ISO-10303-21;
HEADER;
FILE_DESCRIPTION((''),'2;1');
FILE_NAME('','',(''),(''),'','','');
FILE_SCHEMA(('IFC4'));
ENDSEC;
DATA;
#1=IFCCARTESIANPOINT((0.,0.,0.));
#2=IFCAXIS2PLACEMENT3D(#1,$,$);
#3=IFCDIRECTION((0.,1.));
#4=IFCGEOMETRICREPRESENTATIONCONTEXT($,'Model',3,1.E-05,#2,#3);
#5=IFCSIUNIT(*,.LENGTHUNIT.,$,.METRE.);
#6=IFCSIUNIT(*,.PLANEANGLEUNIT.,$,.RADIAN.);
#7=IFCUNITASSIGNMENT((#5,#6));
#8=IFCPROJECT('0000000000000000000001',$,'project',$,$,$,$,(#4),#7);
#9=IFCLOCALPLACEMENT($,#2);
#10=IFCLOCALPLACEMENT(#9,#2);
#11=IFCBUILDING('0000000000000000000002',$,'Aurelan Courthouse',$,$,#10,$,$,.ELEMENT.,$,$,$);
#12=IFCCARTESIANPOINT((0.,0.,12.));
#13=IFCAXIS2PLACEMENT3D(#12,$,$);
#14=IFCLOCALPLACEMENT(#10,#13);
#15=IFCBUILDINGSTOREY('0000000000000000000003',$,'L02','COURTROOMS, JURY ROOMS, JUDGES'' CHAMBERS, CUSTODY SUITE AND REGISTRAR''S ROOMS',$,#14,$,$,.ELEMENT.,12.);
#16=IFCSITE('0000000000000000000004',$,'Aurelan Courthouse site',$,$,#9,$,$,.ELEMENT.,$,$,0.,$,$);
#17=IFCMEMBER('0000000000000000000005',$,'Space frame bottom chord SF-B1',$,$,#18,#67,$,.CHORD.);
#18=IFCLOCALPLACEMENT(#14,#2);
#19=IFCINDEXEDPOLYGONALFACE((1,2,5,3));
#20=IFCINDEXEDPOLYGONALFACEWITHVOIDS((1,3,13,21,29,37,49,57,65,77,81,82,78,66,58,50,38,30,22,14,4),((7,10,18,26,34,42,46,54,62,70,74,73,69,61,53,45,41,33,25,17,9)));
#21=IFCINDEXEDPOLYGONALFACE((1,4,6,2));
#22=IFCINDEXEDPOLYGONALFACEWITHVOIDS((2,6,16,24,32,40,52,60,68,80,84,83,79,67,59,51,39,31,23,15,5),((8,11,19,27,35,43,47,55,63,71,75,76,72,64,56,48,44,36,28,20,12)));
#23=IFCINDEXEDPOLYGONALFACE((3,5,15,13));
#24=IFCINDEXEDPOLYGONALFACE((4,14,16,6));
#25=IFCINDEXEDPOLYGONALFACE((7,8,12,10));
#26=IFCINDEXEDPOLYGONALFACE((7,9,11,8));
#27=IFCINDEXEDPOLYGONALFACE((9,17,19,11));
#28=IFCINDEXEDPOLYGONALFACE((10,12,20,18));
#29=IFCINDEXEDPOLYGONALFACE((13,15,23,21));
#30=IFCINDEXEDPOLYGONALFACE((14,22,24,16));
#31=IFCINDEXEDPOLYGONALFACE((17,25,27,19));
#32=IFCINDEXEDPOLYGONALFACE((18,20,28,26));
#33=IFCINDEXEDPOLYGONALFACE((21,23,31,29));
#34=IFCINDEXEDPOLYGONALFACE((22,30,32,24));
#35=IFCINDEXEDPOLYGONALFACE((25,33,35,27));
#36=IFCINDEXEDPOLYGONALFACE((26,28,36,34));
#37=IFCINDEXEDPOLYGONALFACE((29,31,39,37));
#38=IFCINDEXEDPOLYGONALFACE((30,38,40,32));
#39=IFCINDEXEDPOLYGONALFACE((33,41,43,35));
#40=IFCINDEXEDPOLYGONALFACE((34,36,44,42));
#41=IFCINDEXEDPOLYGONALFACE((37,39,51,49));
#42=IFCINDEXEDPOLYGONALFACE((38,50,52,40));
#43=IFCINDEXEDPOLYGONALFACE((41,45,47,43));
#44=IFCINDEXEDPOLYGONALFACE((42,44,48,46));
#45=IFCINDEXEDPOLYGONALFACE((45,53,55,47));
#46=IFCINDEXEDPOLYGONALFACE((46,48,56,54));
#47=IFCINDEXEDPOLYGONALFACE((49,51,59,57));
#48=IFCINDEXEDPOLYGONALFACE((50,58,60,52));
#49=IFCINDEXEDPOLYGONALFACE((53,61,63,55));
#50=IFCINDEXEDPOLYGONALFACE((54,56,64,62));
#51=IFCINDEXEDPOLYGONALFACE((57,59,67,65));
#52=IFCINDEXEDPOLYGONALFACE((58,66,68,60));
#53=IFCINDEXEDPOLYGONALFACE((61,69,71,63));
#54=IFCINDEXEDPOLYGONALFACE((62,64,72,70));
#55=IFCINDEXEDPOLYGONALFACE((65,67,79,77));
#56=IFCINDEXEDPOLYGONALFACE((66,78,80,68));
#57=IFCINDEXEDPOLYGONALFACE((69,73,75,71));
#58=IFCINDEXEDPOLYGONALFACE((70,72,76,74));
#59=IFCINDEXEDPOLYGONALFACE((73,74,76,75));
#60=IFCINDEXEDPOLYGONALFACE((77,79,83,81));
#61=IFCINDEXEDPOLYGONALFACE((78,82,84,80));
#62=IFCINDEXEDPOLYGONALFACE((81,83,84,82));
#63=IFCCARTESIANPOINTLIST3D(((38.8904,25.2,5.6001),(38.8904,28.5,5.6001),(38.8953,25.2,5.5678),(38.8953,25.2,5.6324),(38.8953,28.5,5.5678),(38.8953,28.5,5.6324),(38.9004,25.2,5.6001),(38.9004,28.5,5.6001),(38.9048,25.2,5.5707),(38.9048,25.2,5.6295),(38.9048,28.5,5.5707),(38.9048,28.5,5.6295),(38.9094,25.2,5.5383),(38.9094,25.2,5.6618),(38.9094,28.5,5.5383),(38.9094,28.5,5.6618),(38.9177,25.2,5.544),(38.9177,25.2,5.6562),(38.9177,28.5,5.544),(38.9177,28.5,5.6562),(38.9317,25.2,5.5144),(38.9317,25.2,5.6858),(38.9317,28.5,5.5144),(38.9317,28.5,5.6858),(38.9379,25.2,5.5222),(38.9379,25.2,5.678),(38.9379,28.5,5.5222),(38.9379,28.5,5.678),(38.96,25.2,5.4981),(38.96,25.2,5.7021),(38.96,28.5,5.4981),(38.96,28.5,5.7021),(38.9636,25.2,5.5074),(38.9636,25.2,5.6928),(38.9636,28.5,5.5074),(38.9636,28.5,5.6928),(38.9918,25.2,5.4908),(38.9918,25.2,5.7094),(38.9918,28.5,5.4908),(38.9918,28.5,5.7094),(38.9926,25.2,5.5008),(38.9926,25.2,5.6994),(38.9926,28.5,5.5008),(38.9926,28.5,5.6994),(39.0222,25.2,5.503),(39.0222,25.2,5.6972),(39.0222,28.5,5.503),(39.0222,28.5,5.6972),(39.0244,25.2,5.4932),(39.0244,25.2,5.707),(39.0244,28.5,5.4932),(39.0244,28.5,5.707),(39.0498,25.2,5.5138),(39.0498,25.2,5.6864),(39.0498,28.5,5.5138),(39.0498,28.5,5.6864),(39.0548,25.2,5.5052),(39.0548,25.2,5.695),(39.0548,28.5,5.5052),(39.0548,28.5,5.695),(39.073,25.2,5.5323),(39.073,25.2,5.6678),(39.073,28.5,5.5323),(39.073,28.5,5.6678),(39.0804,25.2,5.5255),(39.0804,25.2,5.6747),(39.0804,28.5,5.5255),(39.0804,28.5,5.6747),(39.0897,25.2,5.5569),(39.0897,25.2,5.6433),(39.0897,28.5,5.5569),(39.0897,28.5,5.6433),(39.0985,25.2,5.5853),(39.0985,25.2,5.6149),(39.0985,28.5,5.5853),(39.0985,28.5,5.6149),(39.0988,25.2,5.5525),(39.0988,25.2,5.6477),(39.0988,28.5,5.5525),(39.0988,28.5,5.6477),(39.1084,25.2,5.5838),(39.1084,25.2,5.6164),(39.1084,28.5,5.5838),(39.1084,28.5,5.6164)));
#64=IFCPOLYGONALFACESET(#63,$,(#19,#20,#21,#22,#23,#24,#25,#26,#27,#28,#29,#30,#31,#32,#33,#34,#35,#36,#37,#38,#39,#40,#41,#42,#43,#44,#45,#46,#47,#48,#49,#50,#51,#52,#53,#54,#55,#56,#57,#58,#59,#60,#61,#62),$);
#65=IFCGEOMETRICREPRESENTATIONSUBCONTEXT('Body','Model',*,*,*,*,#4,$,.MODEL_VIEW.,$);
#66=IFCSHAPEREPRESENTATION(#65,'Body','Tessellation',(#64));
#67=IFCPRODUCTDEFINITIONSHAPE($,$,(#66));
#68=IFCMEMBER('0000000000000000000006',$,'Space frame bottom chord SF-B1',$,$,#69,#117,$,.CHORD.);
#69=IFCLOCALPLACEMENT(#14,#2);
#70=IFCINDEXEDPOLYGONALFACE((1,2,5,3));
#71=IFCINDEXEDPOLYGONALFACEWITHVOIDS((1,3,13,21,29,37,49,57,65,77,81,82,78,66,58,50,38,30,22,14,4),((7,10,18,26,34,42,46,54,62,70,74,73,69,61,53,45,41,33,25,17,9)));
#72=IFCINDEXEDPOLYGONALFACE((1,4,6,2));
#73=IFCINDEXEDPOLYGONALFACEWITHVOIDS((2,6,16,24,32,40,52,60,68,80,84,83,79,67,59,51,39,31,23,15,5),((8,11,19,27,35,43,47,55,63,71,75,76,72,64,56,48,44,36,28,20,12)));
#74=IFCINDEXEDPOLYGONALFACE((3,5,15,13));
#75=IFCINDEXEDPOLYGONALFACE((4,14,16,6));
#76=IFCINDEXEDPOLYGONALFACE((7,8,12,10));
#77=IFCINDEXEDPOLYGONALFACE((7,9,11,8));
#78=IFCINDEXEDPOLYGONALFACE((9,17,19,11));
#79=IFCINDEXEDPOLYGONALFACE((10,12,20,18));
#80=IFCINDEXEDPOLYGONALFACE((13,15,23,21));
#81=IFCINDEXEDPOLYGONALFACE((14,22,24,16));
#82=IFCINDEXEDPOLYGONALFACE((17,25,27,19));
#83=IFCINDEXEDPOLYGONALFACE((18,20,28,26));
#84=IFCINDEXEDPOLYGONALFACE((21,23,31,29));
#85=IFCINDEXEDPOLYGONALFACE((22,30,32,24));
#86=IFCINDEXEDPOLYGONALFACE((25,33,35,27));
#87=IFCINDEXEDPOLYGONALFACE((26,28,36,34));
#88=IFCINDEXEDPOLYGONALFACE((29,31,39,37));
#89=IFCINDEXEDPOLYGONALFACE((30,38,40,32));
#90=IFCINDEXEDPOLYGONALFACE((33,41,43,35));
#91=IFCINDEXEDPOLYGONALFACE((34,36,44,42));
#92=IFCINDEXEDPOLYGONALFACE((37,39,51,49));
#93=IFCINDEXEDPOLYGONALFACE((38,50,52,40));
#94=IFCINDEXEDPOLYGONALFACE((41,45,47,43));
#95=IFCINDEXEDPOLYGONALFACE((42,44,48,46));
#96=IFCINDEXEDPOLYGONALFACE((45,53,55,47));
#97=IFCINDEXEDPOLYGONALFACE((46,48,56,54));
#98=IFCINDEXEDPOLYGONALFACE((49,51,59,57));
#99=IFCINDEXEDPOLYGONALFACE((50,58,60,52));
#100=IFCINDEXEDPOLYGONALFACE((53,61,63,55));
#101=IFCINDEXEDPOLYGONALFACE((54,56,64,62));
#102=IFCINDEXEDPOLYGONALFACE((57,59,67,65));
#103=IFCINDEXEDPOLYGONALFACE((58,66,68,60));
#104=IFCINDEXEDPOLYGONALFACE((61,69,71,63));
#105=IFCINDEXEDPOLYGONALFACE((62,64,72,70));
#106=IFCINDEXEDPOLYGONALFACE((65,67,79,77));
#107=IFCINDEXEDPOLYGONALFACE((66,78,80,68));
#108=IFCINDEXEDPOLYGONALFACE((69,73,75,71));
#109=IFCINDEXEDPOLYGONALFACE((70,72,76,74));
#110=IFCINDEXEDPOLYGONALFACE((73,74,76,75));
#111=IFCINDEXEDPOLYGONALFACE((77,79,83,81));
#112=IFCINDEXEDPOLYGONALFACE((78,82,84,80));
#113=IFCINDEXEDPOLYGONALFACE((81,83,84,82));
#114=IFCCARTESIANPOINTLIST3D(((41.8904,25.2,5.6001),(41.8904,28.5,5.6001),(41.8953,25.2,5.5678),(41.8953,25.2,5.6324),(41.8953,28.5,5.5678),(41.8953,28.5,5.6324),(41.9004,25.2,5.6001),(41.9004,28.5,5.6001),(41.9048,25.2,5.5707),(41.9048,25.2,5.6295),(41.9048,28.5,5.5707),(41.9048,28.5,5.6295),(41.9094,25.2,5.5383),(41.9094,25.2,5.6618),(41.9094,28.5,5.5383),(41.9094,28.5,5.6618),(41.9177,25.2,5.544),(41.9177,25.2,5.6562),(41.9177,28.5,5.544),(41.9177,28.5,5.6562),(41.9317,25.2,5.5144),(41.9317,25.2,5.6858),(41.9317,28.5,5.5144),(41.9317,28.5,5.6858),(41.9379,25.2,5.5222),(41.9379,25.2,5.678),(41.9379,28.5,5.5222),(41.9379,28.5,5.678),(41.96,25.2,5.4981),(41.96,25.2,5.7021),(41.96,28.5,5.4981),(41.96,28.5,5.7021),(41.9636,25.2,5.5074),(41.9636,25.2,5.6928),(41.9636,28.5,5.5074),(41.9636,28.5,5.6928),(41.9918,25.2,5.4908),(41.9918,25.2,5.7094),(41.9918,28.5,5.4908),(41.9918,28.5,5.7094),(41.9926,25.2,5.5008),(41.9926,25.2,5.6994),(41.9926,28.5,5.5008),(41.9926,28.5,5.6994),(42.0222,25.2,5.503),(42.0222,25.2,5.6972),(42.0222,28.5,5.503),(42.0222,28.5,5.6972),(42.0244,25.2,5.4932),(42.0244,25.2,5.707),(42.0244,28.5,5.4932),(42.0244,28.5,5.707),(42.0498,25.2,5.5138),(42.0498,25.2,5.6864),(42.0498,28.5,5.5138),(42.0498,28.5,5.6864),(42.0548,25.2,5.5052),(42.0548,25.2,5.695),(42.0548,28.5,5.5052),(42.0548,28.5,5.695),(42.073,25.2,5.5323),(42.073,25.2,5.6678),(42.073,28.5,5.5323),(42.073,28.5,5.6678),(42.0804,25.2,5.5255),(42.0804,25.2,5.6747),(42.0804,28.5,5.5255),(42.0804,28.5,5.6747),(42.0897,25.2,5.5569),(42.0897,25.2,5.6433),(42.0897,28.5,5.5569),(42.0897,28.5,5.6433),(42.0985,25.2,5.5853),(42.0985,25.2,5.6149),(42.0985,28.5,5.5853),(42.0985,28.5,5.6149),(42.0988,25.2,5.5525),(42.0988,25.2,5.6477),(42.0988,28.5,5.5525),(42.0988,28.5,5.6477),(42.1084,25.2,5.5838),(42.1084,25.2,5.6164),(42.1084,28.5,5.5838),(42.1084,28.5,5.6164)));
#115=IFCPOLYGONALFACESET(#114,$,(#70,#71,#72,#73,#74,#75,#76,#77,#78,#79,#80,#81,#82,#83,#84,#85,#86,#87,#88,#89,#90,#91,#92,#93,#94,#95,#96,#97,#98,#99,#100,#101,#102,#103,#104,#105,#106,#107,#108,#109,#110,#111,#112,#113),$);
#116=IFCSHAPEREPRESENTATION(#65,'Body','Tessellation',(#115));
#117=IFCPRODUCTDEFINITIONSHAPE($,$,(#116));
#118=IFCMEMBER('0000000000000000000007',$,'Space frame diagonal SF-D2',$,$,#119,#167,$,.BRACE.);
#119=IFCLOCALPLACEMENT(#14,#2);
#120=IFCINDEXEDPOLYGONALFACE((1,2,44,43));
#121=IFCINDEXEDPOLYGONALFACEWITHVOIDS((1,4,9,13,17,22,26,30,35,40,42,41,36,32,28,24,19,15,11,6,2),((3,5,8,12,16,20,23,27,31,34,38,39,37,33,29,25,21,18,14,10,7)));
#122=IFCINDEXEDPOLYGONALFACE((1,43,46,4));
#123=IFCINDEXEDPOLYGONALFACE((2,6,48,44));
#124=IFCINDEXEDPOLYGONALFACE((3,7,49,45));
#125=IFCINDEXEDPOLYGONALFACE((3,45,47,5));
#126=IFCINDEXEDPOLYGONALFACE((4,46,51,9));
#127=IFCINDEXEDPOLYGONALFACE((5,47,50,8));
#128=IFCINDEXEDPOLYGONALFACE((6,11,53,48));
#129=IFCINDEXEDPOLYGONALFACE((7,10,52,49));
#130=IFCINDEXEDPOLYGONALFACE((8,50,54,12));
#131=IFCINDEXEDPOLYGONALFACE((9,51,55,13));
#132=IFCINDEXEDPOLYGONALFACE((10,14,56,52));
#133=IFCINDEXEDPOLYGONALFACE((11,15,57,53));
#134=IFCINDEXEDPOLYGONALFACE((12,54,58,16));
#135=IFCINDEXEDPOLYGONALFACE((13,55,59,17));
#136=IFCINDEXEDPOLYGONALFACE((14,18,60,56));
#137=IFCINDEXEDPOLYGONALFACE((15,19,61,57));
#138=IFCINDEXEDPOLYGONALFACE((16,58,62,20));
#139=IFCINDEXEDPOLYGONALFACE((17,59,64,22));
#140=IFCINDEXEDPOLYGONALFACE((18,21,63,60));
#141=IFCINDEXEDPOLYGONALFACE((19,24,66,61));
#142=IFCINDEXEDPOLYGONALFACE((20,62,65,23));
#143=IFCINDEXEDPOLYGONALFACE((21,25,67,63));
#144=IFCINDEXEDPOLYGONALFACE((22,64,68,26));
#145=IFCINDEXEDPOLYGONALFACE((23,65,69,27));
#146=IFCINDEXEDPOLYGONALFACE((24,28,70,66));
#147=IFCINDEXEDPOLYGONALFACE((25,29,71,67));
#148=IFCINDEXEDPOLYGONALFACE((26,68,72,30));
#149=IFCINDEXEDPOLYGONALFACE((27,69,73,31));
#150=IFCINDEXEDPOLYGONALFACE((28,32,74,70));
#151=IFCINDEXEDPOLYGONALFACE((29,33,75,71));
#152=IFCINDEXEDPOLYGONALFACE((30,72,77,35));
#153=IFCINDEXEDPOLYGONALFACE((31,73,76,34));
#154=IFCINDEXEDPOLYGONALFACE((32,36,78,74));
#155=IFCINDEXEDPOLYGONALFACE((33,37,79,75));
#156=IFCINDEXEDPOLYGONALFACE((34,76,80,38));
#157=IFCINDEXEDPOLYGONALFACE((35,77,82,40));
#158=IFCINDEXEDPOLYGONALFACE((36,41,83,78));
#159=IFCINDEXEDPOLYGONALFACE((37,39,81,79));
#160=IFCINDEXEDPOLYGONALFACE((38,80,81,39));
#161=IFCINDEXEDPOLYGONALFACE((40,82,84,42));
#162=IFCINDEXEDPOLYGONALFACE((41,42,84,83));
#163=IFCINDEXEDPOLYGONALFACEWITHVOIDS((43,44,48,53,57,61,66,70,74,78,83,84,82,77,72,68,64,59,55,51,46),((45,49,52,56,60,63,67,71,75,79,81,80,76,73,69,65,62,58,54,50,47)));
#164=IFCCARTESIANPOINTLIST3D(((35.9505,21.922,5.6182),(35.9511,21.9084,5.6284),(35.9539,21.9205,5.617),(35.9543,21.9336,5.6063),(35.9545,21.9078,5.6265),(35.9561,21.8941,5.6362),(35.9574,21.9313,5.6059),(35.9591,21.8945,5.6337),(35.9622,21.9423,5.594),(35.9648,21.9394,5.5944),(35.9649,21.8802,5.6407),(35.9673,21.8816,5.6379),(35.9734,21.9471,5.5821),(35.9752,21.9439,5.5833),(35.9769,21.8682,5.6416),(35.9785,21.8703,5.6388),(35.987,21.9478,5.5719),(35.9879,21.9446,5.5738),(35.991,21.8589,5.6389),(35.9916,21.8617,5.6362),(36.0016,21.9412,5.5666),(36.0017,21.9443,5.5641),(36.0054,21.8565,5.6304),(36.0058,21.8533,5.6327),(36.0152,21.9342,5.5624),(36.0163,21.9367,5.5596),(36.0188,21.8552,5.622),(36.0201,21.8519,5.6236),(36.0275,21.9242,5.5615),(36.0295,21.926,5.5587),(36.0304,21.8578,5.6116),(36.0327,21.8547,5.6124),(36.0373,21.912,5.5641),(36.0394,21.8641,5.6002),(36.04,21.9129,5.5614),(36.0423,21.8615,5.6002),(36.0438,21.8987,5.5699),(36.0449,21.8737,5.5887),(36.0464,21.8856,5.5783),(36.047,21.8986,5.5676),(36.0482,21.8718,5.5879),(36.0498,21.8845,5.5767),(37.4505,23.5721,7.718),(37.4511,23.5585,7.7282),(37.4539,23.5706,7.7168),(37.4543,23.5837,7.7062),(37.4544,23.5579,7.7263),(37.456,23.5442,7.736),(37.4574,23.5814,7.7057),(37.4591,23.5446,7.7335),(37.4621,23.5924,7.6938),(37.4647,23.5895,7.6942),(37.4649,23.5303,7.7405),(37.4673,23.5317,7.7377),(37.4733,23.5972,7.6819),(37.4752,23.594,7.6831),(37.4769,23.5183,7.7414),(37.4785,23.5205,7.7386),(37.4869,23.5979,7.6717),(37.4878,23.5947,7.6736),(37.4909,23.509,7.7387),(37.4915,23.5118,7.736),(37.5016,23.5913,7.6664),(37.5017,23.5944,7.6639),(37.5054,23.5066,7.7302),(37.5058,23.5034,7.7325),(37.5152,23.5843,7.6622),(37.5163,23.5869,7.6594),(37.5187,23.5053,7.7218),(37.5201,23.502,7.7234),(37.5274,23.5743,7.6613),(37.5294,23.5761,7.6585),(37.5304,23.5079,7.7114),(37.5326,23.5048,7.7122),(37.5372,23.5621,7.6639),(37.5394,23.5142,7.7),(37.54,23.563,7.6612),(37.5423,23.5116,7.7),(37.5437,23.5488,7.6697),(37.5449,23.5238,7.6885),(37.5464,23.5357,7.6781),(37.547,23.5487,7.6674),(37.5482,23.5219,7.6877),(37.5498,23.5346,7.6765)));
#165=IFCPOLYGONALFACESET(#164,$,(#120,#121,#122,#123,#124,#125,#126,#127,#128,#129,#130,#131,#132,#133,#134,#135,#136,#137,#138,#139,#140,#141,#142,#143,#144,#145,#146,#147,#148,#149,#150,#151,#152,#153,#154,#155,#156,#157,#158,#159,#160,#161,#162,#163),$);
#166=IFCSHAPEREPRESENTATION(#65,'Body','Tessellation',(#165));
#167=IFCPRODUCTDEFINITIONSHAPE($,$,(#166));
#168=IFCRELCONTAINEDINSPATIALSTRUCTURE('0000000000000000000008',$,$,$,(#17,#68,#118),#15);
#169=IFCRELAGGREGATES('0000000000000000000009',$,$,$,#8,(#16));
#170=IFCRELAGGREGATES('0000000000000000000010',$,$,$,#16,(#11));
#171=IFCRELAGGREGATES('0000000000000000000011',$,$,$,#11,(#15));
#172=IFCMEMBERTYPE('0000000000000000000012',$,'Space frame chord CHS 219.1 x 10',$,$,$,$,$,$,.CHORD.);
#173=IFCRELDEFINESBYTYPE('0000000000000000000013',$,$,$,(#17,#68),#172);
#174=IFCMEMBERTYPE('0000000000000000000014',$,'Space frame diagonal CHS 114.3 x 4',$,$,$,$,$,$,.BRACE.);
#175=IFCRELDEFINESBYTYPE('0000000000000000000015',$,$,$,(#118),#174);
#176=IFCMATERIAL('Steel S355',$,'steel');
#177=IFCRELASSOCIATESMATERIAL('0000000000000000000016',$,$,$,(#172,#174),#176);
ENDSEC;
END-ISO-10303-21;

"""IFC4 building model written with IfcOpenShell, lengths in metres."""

from ifc_helpers import new_model, si_unit, direction, frame, origin, origin_2d, place, context, subcontext, project, spatial, hollow_circle, extrude, material, material_profile, profile_set, type_object, element, save


model = new_model("IFC4")

# Units and contexts
model_context = context("Model", 3, precision=1e-05, world=origin(), true_north=direction((0.0, 1.0)))
body_context = subcontext(model_context, "Body", "Model", "MODEL_VIEW")
ifc_project = project(units=[si_unit("LENGTHUNIT", "METRE"), si_unit("PLANEANGLEUNIT", "RADIAN")], contexts=[model_context])

# Site, building, storey
site_placement = place(None, origin())
site = spatial("IfcSite", under=ifc_project, at=site_placement, Name="Aurelan Courthouse site", CompositionType="ELEMENT", RefElevation=0.0)
building_placement = place(site_placement, origin())
building = spatial("IfcBuilding", under=site, at=building_placement, Name="Aurelan Courthouse", CompositionType="ELEMENT")
storey_placement = place(building_placement, frame((0.0, 0.0, 12.0)))
storey = spatial("IfcBuildingStorey", under=building, at=storey_placement, Name="L02", Description="COURTROOMS, JURY ROOMS, JUDGES' CHAMBERS, CUSTODY SUITE AND REGISTRAR'S ROOMS", CompositionType="ELEMENT", Elevation=12.0)

# Members
ifc_material = material(Name="Steel S355", Category="steel")
ifc_material_profile_1 = material_profile(ifc_material, hollow_circle(Radius=0.1096, WallThickness=0.01, at=origin_2d()), Name="CHS 219.1 x 10")
ifc_profile_set_1 = profile_set([ifc_material_profile_1], Name="Steel S355")
member_type_1 = type_object("IfcMemberType", Name="Space frame chord CHS 219.1 x 10", PredefinedType="CHORD", material=ifc_profile_set_1)
for number, where, z_axis, x_axis, name in (
    (1, (39.0, 25.2, 5.6001), (0.0, 1.0, 0.0), (-1.0, 0.0, 0.0), "Space frame bottom chord SF-B1"),
    (2, (42.0, 25.2, 5.6001), (0.0, 1.0, 0.0), (-1.0, 0.0, 0.0), "Space frame bottom chord SF-B1"),
):
    element("IfcMember", number, at=place(storey_placement, frame(where, z_axis=z_axis, x_axis=x_axis)), inside=storey, type_object=member_type_1, Name=name, PredefinedType="CHORD", context=body_context, shape_type="SweptSolid", body=[
        extrude(hollow_circle(Radius=0.1096, WallThickness=0.01, at=origin_2d()), origin(), (0.0, 0.0, 1.0), 3.3),
    ])
ifc_material_profile_2 = material_profile(ifc_material, hollow_circle(Radius=0.0571, WallThickness=0.0039, at=origin_2d()), Name="CHS 114.3 x 4")
ifc_profile_set_2 = profile_set([ifc_material_profile_2], Name="Steel S355")
member_type_2 = type_object("IfcMemberType", Name="Space frame diagonal CHS 114.3 x 4", PredefinedType="BRACE", material=ifc_profile_set_2)
for number, where, z_axis, x_axis, name in (
    (3, (37.5, 23.55, 7.7), (-0.489706, -0.538724, -0.68554), (0.73997, -0.67264, 0.0), "Space frame diagonal SF-D2"),
):
    element("IfcMember", number, at=place(storey_placement, frame(where, z_axis=z_axis, x_axis=x_axis)), inside=storey, type_object=member_type_2, Name=name, PredefinedType="BRACE", context=body_context, shape_type="SweptSolid", body=[
        extrude(hollow_circle(Radius=0.0571, WallThickness=0.0039, at=origin_2d()), origin(), (0.0, 0.0, 1.0), 3.063),
    ])

save(model, "model.ifc")
